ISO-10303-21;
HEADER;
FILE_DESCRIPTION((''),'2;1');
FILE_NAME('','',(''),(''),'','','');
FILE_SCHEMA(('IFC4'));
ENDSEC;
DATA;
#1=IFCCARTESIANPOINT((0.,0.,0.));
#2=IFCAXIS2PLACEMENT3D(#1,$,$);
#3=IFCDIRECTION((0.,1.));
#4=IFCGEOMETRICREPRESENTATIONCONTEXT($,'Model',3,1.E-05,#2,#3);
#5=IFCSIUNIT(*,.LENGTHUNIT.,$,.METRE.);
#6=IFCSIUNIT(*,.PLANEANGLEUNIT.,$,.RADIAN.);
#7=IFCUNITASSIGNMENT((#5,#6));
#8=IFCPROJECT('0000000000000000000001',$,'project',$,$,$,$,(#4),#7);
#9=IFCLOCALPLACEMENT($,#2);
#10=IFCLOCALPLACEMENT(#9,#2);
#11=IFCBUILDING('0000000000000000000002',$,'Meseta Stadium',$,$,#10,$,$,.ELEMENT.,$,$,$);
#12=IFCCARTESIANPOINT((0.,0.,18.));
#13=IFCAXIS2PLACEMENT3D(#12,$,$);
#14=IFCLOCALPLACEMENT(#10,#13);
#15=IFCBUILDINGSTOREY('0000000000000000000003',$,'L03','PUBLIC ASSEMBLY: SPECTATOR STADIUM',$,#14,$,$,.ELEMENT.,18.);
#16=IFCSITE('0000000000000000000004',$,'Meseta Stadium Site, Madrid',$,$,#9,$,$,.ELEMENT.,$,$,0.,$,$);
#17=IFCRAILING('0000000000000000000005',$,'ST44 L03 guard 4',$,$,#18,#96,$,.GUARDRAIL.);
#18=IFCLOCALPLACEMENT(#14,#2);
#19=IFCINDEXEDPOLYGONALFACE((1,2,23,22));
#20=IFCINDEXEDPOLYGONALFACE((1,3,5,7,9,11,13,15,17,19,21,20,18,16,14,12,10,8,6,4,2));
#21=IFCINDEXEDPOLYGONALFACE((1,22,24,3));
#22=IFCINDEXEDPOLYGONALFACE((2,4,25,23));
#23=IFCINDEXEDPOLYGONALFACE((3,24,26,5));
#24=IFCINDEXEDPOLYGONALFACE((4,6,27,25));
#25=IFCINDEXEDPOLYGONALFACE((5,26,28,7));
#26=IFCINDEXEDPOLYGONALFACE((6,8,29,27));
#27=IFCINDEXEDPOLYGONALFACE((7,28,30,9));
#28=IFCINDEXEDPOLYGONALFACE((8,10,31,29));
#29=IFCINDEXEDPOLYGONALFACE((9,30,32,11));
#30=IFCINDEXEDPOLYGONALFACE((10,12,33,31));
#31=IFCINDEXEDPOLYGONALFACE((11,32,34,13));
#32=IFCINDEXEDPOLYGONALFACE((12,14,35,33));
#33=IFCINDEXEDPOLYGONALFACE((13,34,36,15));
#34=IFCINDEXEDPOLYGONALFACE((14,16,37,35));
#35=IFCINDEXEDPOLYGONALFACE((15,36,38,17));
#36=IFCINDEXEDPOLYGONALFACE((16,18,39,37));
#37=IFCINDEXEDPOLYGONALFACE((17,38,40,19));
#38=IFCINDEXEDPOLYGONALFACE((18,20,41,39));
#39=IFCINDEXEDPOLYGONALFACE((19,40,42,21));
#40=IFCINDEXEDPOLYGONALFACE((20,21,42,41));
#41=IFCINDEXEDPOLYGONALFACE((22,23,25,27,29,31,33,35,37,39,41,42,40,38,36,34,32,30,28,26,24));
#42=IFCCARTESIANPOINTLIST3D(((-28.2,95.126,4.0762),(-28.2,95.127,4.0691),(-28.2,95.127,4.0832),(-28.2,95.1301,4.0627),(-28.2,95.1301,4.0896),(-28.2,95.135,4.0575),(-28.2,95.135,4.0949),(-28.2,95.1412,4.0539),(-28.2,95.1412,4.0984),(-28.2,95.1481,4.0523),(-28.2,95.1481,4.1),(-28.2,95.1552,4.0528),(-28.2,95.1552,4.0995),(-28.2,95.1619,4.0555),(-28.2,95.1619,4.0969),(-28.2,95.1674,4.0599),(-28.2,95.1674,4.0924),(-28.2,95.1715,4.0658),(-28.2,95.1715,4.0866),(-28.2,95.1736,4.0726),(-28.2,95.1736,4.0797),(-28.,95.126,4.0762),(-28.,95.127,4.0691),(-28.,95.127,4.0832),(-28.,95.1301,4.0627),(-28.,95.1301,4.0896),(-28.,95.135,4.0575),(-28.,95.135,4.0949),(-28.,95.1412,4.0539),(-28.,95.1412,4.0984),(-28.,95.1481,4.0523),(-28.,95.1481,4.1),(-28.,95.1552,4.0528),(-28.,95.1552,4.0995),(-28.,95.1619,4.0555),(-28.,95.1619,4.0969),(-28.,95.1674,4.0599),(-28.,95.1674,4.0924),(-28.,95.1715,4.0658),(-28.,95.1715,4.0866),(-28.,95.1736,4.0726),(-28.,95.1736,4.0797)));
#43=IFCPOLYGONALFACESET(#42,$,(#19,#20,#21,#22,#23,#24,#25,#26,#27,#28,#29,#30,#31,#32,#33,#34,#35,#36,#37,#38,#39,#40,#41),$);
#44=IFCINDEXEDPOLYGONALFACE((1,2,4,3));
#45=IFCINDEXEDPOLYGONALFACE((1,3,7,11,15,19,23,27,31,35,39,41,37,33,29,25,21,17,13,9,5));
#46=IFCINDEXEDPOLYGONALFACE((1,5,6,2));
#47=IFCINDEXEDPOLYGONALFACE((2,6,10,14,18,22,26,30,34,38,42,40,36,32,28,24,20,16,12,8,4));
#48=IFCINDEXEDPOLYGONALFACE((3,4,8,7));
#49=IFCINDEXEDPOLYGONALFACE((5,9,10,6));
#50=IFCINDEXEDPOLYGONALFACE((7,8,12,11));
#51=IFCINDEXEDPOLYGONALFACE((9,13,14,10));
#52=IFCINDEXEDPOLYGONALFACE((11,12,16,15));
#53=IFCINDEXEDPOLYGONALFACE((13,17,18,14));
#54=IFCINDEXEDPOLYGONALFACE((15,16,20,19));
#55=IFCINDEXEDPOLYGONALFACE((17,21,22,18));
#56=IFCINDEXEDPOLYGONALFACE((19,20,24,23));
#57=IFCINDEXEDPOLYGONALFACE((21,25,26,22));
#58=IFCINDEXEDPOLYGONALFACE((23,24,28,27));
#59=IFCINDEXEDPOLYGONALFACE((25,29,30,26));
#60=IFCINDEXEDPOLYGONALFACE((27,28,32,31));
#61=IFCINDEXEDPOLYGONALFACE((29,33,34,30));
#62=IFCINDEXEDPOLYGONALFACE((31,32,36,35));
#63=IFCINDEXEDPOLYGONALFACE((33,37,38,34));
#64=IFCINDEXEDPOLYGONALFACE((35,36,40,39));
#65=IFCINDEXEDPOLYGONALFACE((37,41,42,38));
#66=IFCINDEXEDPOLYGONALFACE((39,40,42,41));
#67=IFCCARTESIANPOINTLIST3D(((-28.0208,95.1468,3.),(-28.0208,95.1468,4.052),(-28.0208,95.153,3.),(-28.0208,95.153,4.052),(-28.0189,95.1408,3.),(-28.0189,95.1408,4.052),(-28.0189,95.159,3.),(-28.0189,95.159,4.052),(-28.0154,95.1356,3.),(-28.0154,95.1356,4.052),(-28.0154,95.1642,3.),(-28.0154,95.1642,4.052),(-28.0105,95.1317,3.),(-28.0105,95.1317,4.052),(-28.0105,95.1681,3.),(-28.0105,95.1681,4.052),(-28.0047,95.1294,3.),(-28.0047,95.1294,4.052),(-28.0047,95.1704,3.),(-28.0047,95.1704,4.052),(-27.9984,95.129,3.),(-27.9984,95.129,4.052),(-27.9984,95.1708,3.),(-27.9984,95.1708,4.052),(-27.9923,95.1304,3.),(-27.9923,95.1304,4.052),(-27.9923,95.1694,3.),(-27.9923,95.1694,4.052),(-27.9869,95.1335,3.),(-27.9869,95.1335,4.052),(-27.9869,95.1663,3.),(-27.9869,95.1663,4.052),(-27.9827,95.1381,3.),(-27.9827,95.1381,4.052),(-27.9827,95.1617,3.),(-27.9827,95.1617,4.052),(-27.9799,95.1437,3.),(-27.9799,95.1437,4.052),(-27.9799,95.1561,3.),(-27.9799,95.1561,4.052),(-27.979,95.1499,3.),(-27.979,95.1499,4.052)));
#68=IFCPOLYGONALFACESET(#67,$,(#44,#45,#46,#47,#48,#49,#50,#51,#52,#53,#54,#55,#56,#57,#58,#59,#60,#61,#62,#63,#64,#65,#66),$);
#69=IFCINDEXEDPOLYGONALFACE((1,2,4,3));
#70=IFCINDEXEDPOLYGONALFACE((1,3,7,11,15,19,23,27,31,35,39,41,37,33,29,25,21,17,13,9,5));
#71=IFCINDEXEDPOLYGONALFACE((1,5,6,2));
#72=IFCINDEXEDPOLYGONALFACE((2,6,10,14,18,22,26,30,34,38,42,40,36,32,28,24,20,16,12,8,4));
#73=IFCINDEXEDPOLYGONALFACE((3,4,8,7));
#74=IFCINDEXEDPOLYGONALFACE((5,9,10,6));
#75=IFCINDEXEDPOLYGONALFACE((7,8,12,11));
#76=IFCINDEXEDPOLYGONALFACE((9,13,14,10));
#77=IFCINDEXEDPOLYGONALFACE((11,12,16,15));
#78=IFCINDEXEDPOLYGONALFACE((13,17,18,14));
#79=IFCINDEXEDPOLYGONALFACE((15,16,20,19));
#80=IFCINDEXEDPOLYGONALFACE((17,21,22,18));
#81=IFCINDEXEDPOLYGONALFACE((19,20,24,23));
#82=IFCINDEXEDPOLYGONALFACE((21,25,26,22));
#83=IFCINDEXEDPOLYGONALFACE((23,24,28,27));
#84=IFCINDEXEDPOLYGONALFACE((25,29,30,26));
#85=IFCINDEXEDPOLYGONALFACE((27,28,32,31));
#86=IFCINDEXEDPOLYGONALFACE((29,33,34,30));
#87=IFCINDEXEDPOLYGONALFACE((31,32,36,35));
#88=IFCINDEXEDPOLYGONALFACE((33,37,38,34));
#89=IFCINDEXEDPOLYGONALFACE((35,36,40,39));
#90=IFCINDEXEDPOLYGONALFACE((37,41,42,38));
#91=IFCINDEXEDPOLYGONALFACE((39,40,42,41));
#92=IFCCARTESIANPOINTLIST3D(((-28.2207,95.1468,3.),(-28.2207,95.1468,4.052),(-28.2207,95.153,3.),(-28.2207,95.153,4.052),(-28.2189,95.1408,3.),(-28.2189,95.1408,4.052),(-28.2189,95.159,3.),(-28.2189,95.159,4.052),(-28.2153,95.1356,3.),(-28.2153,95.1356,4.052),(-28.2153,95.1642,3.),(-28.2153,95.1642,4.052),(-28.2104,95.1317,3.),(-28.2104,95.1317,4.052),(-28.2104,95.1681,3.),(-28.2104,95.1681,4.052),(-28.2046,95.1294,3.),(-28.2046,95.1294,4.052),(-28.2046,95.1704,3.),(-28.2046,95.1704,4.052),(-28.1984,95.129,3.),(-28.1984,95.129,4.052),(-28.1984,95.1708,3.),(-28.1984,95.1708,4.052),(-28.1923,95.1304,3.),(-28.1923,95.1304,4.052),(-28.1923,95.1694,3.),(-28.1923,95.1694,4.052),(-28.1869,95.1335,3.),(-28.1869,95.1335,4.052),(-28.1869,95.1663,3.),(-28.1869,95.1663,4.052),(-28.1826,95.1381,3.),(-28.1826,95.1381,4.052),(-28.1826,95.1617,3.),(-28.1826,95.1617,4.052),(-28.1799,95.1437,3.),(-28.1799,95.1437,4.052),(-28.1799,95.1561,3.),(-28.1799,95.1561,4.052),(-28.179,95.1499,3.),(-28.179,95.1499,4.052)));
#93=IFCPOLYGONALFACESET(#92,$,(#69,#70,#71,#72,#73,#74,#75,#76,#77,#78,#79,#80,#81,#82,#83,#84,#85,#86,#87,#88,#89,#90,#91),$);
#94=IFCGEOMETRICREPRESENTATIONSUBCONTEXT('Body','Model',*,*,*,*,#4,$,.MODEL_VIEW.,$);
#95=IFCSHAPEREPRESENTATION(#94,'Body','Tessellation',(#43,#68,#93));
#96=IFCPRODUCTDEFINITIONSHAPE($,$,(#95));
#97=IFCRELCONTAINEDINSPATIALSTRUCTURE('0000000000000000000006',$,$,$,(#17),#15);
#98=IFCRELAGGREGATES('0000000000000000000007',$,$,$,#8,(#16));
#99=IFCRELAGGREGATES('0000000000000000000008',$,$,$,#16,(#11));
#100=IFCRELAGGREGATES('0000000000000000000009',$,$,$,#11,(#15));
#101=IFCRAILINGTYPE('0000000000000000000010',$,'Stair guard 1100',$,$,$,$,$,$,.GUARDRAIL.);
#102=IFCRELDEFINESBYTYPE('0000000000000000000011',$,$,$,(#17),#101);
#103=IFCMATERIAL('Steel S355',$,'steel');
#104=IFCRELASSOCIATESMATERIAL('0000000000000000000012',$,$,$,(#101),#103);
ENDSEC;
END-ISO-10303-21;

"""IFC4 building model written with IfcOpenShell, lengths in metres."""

from ifc_helpers import new_model, si_unit, direction, frame, origin, origin_2d, place, context, subcontext, project, spatial, circle, extrude, material, type_object, element, save


model = new_model("IFC4")

# Units and contexts
model_context = context("Model", 3, precision=1e-05, world=origin(), true_north=direction((0.0, 1.0)))
body_context = subcontext(model_context, "Body", "Model", "MODEL_VIEW")
ifc_project = project(units=[si_unit("LENGTHUNIT", "METRE"), si_unit("PLANEANGLEUNIT", "RADIAN")], contexts=[model_context])

# Site, building, storey
site_placement = place(None, origin())
site = spatial("IfcSite", under=ifc_project, at=site_placement, Name="Meseta Stadium Site, Madrid", CompositionType="ELEMENT", RefElevation=0.0)
building_placement = place(site_placement, origin())
building = spatial("IfcBuilding", under=site, at=building_placement, Name="Meseta Stadium", CompositionType="ELEMENT")
storey_placement = place(building_placement, frame((0.0, 0.0, 18.0)))
storey = spatial("IfcBuildingStorey", under=building, at=storey_placement, Name="L03", Description="PUBLIC ASSEMBLY: SPECTATOR STADIUM", CompositionType="ELEMENT", Elevation=18.0)

# Railing
ifc_material_1 = material(Name="Steel S355", Category="steel")
railing_type_1 = type_object("IfcRailingType", Name="Stair guard 1100", PredefinedType="GUARDRAIL", material=ifc_material_1)
railing_1_placement = place(storey_placement, frame((-28.0, 95.1499, 3.0)))
element("IfcRailing", 1, at=railing_1_placement, inside=storey, type_object=railing_type_1, Name="ST44 L03 guard 4", PredefinedType="GUARDRAIL", context=body_context, shape_type="SweptSolid", body=[
    extrude(circle(Radius=0.0239, at=origin_2d()), frame((0.0, 0.0, 1.0762), z_axis=(-1.0, 0.0, 0.0), x_axis=(0.0, -1.0, 0.0)), (0.0, 0.0, 1.0), 0.2),
    extrude(circle(Radius=0.021, at=origin_2d()), origin(), (0.0, 0.0, 1.0), 1.052),
    extrude(circle(Radius=0.021, at=origin_2d()), frame((-0.2, 0.0, 0.0)), (0.0, 0.0, 1.0), 1.052),
])

save(model, "model.ifc")
